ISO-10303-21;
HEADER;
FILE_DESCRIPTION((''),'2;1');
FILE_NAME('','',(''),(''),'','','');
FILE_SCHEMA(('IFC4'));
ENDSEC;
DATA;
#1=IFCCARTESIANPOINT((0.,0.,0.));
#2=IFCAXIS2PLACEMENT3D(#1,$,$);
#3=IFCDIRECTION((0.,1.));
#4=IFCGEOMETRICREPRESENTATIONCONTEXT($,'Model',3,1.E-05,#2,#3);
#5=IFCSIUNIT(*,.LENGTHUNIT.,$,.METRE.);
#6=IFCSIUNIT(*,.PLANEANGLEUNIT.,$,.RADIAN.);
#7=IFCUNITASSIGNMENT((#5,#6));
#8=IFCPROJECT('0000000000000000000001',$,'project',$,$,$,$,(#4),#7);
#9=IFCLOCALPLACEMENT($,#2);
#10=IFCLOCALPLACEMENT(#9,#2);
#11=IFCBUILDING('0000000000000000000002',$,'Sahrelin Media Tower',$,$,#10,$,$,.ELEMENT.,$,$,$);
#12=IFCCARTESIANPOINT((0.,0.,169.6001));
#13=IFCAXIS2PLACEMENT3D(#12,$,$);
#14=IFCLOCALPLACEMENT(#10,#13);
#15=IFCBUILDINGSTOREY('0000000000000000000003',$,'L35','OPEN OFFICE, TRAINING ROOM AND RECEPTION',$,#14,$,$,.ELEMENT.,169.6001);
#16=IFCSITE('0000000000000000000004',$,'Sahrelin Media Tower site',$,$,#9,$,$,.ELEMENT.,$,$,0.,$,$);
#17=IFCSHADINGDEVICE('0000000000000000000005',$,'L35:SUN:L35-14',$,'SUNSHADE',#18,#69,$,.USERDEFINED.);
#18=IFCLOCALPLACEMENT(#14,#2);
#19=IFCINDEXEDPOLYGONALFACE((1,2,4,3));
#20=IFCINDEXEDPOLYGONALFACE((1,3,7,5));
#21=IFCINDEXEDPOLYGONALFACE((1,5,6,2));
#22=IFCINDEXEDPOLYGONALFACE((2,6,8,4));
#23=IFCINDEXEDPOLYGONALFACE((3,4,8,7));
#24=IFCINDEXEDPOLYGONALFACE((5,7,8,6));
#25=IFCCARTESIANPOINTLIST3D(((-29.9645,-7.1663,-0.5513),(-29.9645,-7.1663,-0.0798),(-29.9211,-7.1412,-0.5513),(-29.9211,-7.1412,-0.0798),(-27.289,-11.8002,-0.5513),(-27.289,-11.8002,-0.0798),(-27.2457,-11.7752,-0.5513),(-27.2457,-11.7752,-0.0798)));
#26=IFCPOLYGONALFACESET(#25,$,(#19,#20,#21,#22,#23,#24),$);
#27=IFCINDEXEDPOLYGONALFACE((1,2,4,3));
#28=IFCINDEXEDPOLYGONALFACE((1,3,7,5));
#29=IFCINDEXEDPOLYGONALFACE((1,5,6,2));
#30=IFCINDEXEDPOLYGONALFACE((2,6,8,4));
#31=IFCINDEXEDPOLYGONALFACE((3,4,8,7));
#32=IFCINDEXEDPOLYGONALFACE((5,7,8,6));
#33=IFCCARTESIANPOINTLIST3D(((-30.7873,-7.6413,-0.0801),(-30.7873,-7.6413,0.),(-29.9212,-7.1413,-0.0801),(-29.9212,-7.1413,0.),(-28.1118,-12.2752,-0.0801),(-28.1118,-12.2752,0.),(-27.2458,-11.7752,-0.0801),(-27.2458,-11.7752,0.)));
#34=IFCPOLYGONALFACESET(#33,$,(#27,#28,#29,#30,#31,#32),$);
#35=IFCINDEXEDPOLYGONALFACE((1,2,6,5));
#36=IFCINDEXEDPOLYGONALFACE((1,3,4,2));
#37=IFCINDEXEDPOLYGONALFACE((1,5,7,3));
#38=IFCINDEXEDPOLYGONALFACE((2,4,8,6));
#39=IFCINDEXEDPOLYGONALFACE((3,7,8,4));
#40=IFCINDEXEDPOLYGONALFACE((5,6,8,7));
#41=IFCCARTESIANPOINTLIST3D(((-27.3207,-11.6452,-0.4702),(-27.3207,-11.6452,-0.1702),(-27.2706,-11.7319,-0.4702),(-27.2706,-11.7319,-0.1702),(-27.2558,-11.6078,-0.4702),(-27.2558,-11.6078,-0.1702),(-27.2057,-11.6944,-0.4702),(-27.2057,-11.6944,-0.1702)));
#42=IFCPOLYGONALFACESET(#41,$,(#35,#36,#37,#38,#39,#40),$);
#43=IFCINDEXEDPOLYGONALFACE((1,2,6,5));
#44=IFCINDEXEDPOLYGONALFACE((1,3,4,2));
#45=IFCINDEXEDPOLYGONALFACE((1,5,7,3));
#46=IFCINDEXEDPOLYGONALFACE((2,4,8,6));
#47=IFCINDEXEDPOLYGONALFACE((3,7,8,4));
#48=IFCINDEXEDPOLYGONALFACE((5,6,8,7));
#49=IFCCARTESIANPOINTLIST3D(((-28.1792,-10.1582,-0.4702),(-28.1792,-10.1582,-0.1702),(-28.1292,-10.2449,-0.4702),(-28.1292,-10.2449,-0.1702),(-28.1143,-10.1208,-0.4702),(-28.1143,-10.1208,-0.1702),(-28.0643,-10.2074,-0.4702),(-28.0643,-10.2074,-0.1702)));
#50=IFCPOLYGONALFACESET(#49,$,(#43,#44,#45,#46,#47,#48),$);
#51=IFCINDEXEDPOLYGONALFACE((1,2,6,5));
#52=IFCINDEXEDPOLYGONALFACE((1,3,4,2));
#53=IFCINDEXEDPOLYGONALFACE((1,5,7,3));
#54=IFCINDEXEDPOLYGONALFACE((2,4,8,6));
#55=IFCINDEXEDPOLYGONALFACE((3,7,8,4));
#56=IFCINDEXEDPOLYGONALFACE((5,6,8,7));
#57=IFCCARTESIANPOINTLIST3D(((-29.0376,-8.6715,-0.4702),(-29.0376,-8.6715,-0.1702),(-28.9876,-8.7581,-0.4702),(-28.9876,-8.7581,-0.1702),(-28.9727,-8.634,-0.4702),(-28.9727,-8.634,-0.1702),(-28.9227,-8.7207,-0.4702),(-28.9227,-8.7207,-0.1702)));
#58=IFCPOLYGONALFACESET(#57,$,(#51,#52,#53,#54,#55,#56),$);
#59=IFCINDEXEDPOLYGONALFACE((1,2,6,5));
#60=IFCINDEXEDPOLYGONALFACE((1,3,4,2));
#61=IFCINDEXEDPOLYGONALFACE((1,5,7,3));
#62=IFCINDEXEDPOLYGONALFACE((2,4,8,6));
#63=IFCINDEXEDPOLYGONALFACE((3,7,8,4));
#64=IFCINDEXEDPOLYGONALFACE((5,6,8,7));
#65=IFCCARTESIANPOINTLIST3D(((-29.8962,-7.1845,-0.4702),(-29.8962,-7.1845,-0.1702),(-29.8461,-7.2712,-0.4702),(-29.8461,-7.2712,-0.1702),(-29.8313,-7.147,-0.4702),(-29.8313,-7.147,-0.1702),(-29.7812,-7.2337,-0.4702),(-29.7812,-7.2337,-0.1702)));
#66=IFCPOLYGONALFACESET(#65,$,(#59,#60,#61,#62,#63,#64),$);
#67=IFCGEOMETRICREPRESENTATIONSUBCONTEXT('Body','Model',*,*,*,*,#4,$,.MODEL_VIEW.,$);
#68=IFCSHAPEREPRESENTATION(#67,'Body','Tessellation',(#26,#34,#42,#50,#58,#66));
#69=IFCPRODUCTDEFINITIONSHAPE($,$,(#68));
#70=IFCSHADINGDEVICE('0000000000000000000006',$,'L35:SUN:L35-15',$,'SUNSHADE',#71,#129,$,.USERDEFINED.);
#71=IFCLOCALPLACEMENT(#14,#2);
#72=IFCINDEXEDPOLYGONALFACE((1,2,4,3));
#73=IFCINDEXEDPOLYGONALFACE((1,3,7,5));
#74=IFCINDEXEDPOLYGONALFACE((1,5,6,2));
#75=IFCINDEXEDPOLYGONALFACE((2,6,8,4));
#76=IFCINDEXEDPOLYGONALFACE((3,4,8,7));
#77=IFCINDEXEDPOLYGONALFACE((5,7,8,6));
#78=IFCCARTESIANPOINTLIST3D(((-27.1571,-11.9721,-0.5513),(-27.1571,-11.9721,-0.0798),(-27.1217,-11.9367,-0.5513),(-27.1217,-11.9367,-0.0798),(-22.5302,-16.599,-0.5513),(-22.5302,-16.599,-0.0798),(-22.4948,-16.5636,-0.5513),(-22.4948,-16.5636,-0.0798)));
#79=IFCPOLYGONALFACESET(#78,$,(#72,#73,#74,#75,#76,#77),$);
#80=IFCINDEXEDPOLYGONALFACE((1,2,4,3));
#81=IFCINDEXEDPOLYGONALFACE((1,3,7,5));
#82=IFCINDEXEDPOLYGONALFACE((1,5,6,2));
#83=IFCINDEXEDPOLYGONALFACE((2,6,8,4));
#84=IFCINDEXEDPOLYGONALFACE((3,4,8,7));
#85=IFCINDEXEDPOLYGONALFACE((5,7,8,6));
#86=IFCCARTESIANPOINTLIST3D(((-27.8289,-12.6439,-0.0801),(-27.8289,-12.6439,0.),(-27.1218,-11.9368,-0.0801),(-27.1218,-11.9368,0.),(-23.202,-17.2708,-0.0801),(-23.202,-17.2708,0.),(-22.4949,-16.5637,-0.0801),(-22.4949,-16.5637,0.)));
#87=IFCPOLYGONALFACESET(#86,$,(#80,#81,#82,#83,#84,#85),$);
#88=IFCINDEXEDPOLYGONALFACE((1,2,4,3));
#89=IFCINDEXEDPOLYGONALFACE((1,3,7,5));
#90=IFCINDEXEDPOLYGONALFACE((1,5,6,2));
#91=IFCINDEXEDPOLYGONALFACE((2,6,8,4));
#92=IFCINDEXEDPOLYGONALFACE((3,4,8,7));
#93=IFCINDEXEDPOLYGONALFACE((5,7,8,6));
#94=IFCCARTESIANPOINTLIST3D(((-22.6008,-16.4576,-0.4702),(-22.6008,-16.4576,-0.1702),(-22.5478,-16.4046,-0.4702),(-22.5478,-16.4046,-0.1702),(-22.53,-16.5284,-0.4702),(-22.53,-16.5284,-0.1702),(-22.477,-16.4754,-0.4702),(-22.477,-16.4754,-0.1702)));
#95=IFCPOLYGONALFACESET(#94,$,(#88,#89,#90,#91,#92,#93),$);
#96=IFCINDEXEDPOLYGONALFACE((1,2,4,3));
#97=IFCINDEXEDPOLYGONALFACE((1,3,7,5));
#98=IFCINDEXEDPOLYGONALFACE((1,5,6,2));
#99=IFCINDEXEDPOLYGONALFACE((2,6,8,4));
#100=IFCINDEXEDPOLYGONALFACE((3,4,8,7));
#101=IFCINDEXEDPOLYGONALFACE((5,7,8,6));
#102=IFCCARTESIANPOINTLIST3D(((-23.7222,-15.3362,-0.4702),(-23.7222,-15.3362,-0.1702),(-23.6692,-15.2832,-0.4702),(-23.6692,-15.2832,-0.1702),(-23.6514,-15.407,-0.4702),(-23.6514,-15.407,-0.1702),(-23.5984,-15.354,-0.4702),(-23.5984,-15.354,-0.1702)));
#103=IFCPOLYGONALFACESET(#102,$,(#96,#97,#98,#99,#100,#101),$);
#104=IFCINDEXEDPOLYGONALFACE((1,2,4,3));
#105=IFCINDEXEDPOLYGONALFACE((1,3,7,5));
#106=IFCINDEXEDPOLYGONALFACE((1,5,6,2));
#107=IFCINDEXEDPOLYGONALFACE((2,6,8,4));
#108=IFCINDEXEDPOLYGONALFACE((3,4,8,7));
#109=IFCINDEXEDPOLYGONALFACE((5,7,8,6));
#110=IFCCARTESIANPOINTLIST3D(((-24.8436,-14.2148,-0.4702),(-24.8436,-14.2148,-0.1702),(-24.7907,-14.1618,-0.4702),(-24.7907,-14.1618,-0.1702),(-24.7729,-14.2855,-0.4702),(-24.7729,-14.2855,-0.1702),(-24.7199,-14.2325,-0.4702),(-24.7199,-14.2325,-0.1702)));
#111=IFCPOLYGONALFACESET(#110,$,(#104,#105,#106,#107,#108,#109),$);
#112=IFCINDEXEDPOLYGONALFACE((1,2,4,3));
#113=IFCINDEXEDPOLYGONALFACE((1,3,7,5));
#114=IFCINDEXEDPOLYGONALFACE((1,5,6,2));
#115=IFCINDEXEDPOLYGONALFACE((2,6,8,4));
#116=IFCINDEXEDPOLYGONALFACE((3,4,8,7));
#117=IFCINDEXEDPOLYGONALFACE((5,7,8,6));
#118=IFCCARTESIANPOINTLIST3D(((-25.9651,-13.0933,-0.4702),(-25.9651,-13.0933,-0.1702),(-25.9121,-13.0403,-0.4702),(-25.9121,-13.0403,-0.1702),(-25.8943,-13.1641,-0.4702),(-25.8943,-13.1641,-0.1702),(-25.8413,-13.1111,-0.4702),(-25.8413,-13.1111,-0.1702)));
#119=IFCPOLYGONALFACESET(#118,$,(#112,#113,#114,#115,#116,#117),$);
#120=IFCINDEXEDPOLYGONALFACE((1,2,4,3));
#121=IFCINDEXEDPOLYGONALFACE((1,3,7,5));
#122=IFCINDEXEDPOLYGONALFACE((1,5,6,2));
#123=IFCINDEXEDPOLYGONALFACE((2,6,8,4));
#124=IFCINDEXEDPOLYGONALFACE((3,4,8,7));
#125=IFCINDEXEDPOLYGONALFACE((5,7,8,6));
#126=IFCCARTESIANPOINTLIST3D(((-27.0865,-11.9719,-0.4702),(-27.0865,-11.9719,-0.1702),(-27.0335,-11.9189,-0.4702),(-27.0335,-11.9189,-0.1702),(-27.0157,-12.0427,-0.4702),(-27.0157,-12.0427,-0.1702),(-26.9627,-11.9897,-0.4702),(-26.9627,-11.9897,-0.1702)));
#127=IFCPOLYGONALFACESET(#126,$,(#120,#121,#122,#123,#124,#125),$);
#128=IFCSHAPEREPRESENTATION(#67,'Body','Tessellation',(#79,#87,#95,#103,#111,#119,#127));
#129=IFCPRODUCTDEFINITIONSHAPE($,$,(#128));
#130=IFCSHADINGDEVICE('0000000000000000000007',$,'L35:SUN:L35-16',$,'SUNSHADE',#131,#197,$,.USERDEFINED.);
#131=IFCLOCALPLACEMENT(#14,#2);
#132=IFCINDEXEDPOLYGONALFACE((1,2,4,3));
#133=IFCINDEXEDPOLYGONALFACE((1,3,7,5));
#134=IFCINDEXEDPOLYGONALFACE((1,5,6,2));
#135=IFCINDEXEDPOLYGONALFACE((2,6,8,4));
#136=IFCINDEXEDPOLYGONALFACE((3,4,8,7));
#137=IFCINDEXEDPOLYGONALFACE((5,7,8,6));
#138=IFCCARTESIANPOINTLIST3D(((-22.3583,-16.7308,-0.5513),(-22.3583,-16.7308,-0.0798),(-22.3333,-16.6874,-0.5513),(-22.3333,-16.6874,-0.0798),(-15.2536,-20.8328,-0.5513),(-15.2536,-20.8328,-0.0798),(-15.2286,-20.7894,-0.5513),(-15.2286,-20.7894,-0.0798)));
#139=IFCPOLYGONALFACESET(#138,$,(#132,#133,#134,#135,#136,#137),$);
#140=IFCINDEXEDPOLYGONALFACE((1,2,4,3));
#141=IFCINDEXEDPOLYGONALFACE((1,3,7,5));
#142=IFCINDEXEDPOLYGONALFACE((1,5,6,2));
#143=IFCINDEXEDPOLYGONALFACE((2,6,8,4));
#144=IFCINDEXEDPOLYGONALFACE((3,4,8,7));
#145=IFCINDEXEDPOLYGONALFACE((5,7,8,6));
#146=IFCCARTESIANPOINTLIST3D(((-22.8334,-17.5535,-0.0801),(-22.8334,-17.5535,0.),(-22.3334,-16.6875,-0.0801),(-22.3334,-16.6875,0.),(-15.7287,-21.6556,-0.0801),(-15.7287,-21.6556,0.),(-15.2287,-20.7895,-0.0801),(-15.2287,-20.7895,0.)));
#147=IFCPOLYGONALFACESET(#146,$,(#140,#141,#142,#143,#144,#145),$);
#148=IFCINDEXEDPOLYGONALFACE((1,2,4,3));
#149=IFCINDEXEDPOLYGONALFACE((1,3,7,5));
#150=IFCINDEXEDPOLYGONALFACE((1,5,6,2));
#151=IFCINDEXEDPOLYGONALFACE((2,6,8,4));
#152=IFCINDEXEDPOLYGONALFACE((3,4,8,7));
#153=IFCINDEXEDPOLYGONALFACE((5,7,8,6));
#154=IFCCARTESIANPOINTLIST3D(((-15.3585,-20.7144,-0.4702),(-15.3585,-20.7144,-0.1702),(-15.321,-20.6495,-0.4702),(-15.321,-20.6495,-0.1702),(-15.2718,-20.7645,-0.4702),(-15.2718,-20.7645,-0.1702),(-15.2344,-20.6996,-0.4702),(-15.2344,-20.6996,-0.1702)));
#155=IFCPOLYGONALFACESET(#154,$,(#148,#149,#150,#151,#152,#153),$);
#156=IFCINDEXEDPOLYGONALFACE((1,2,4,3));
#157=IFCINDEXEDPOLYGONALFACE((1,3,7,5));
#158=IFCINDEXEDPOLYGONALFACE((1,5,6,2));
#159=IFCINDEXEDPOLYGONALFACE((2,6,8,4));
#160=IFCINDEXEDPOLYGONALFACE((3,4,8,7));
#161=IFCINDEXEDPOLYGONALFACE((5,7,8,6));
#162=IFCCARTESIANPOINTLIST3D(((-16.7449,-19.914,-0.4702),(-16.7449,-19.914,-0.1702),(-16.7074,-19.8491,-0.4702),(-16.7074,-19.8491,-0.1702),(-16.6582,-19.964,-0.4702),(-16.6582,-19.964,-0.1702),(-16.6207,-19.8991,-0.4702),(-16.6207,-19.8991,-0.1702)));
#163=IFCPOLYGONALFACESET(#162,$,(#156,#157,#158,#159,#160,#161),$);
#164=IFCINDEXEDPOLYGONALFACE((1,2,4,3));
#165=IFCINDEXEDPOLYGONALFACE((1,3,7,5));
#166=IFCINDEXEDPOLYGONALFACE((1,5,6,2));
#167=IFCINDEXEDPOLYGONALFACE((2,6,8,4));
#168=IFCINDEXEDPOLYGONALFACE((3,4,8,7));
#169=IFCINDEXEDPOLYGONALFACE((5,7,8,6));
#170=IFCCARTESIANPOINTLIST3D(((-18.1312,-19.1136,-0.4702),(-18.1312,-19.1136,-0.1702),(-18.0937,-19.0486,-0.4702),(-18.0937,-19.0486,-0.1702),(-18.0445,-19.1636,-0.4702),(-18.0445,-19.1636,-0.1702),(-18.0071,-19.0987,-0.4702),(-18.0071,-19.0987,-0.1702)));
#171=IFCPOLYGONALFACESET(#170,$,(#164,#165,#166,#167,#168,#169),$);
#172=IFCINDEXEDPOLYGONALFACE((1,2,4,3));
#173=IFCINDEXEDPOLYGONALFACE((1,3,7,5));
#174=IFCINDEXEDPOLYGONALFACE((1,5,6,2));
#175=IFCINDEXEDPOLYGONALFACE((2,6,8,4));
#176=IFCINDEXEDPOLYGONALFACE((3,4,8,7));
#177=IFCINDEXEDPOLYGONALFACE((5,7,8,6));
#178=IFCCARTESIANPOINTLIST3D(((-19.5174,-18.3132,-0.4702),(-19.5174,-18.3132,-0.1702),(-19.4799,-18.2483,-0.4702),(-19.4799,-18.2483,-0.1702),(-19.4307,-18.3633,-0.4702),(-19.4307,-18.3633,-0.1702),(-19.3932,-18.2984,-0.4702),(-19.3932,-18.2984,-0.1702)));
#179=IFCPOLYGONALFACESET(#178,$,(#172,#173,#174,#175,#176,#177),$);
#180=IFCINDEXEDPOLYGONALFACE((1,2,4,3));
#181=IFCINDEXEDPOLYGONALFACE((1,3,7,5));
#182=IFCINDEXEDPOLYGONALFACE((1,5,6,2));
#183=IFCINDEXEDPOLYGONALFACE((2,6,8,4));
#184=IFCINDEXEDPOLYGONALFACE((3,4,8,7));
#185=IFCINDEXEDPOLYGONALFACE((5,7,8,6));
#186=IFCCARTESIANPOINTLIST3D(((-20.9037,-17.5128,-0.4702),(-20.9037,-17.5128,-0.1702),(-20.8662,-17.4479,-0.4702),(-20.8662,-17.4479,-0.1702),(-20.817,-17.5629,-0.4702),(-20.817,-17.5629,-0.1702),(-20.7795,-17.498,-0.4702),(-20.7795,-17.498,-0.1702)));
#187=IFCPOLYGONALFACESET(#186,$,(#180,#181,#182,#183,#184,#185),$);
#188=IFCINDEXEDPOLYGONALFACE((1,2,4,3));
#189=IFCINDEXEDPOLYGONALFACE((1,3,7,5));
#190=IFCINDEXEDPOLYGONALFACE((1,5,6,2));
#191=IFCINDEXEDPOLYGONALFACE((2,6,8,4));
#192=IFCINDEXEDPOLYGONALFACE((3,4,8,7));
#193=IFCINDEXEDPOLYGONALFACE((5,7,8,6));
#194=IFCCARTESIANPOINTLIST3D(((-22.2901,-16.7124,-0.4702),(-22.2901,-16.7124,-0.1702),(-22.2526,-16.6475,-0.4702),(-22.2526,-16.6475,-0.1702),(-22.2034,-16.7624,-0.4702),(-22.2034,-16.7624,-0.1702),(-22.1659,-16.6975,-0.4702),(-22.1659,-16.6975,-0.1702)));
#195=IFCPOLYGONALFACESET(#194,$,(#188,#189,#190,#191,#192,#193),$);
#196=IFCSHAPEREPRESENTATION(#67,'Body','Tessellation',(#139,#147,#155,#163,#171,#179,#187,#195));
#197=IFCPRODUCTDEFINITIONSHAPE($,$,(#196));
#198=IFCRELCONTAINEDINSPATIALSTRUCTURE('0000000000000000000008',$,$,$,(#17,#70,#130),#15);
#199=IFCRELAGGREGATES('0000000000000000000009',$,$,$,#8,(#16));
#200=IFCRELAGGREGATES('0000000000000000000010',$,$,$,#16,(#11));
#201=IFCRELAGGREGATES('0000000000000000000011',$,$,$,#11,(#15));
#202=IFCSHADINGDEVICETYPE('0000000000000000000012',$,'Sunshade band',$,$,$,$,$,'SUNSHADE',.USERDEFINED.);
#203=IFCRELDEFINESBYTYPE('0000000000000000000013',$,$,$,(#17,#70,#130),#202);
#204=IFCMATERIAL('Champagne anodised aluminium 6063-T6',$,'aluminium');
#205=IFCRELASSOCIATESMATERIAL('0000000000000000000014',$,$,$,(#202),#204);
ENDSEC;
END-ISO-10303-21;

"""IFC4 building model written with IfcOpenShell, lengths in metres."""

from ifc_helpers import new_model, si_unit, direction, frame, origin, origin_2d, place, context, subcontext, project, spatial, rectangle, extrude, material, type_object, element, save


model = new_model("IFC4")

# Units and contexts
model_context = context("Model", 3, precision=1e-05, world=origin(), true_north=direction((0.0, 1.0)))
body_context = subcontext(model_context, "Body", "Model", "MODEL_VIEW")
ifc_project = project(units=[si_unit("LENGTHUNIT", "METRE"), si_unit("PLANEANGLEUNIT", "RADIAN")], contexts=[model_context])

# Site, building, storey
site_placement = place(None, origin())
site = spatial("IfcSite", under=ifc_project, at=site_placement, Name="Sahrelin Media Tower site", CompositionType="ELEMENT", RefElevation=0.0)
building_placement = place(site_placement, origin())
building = spatial("IfcBuilding", under=site, at=building_placement, Name="Sahrelin Media Tower", CompositionType="ELEMENT")
storey_placement = place(building_placement, frame((0.0, 0.0, 169.6001)))
storey = spatial("IfcBuildingStorey", under=building, at=storey_placement, Name="L35", Description="OPEN OFFICE, TRAINING ROOM AND RECEPTION", CompositionType="ELEMENT", Elevation=169.6001)

# Shared definitions
ifc_material_1 = material(Name="Champagne anodised aluminium 6063-T6", Category="aluminium")

# Shading devices
placement_1 = place(storey_placement, frame((-28.5662, -9.4482, 0.0), z_axis=(0.0, 0.0, 1.0), x_axis=(-0.500011, 0.866019, 0.0)))
placement_2 = place(storey_placement, frame((-24.7942, -14.2361, 0.0), z_axis=(0.0, 0.0, 1.0), x_axis=(-0.707107, 0.707107, 0.0)))
placement_3 = place(storey_placement, frame((-18.771, -18.7212, 0.0), z_axis=(0.0, 0.0, 1.0), x_axis=(-0.866019, 0.500011, 0.0)))
shading_device_type_1 = type_object("IfcShadingDeviceType", Name="Sunshade band", ElementType="SUNSHADE", PredefinedType="USERDEFINED", material=ifc_material_1)
element("IfcShadingDevice", 1, at=placement_1, inside=storey, type_object=shading_device_type_1, Name="L35:SUN:L35-14", ObjectType="SUNSHADE", PredefinedType="USERDEFINED", context=body_context, shape_type="SweptSolid", body=[
    extrude(rectangle(XDim=5.3508, YDim=0.05, at=origin_2d()), frame((0.0, 0.0449, -0.5513)), (0.0, 0.0, 1.0), 0.4714),
    extrude(rectangle(XDim=5.3508, YDim=1.0, at=origin_2d()), frame((0.0, 0.52, -0.0801)), (0.0, 0.0, 1.0), 0.0801),
    extrude(rectangle(XDim=0.1001, YDim=0.075, at=origin_2d()), frame((-2.5754, -0.0176, -0.4702)), (0.0, 0.0, 1.0), 0.3),
    extrude(rectangle(XDim=0.1001, YDim=0.075, at=origin_2d()), frame((-0.8584, -0.0176, -0.4702)), (0.0, 0.0, 1.0), 0.3),
    extrude(rectangle(XDim=0.1001, YDim=0.075, at=origin_2d()), frame((0.8584, -0.0176, -0.4702)), (0.0, 0.0, 1.0), 0.3),
    extrude(rectangle(XDim=0.1001, YDim=0.075, at=origin_2d()), frame((2.5754, -0.0176, -0.4702)), (0.0, 0.0, 1.0), 0.3),
])
element("IfcShadingDevice", 2, at=placement_2, inside=storey, type_object=shading_device_type_1, Name="L35:SUN:L35-15", ObjectType="SUNSHADE", PredefinedType="USERDEFINED", context=body_context, shape_type="SweptSolid", body=[
    extrude(rectangle(XDim=6.5435, YDim=0.05, at=origin_2d()), frame((0.0, 0.0449, -0.5513)), (0.0, 0.0, 1.0), 0.4714),
    extrude(rectangle(XDim=6.5435, YDim=1.0, at=origin_2d()), frame((0.0, 0.52, -0.0801)), (0.0, 0.0, 1.0), 0.0801),
    extrude(rectangle(XDim=0.1001, YDim=0.075, at=origin_2d()), frame((-3.1719, -0.0176, -0.4702)), (0.0, 0.0, 1.0), 0.3),
    extrude(rectangle(XDim=0.1001, YDim=0.075, at=origin_2d()), frame((-1.5859, -0.0176, -0.4702)), (0.0, 0.0, 1.0), 0.3),
    extrude(rectangle(XDim=0.1001, YDim=0.075, at=origin_2d()), frame((0.0, -0.0176, -0.4702)), (0.0, 0.0, 1.0), 0.3),
    extrude(rectangle(XDim=0.1001, YDim=0.075, at=origin_2d()), frame((1.5859, -0.0176, -0.4702)), (0.0, 0.0, 1.0), 0.3),
    extrude(rectangle(XDim=0.1001, YDim=0.075, at=origin_2d()), frame((3.1719, -0.0176, -0.4702)), (0.0, 0.0, 1.0), 0.3),
])
element("IfcShadingDevice", 3, at=placement_3, inside=storey, type_object=shading_device_type_1, Name="L35:SUN:L35-16", ObjectType="SUNSHADE", PredefinedType="USERDEFINED", context=body_context, shape_type="SweptSolid", body=[
    extrude(rectangle(XDim=8.2039, YDim=0.05, at=origin_2d()), frame((0.0, 0.0449, -0.5513)), (0.0, 0.0, 1.0), 0.4714),
    extrude(rectangle(XDim=8.2039, YDim=1.0, at=origin_2d()), frame((0.0, 0.52, -0.0801)), (0.0, 0.0, 1.0), 0.0801),
    extrude(rectangle(XDim=0.1001, YDim=0.075, at=origin_2d()), frame((-4.002, -0.0176, -0.4702)), (0.0, 0.0, 1.0), 0.3),
    extrude(rectangle(XDim=0.1001, YDim=0.075, at=origin_2d()), frame((-2.4011, -0.0176, -0.4702)), (0.0, 0.0, 1.0), 0.3),
    extrude(rectangle(XDim=0.1001, YDim=0.075, at=origin_2d()), frame((-0.8003, -0.0176, -0.4702)), (0.0, 0.0, 1.0), 0.3),
    extrude(rectangle(XDim=0.1001, YDim=0.075, at=origin_2d()), frame((0.8003, -0.0176, -0.4702)), (0.0, 0.0, 1.0), 0.3),
    extrude(rectangle(XDim=0.1001, YDim=0.075, at=origin_2d()), frame((2.4011, -0.0176, -0.4702)), (0.0, 0.0, 1.0), 0.3),
    extrude(rectangle(XDim=0.1001, YDim=0.075, at=origin_2d()), frame((4.002, -0.0176, -0.4702)), (0.0, 0.0, 1.0), 0.3),
])

save(model, "model.ifc")
